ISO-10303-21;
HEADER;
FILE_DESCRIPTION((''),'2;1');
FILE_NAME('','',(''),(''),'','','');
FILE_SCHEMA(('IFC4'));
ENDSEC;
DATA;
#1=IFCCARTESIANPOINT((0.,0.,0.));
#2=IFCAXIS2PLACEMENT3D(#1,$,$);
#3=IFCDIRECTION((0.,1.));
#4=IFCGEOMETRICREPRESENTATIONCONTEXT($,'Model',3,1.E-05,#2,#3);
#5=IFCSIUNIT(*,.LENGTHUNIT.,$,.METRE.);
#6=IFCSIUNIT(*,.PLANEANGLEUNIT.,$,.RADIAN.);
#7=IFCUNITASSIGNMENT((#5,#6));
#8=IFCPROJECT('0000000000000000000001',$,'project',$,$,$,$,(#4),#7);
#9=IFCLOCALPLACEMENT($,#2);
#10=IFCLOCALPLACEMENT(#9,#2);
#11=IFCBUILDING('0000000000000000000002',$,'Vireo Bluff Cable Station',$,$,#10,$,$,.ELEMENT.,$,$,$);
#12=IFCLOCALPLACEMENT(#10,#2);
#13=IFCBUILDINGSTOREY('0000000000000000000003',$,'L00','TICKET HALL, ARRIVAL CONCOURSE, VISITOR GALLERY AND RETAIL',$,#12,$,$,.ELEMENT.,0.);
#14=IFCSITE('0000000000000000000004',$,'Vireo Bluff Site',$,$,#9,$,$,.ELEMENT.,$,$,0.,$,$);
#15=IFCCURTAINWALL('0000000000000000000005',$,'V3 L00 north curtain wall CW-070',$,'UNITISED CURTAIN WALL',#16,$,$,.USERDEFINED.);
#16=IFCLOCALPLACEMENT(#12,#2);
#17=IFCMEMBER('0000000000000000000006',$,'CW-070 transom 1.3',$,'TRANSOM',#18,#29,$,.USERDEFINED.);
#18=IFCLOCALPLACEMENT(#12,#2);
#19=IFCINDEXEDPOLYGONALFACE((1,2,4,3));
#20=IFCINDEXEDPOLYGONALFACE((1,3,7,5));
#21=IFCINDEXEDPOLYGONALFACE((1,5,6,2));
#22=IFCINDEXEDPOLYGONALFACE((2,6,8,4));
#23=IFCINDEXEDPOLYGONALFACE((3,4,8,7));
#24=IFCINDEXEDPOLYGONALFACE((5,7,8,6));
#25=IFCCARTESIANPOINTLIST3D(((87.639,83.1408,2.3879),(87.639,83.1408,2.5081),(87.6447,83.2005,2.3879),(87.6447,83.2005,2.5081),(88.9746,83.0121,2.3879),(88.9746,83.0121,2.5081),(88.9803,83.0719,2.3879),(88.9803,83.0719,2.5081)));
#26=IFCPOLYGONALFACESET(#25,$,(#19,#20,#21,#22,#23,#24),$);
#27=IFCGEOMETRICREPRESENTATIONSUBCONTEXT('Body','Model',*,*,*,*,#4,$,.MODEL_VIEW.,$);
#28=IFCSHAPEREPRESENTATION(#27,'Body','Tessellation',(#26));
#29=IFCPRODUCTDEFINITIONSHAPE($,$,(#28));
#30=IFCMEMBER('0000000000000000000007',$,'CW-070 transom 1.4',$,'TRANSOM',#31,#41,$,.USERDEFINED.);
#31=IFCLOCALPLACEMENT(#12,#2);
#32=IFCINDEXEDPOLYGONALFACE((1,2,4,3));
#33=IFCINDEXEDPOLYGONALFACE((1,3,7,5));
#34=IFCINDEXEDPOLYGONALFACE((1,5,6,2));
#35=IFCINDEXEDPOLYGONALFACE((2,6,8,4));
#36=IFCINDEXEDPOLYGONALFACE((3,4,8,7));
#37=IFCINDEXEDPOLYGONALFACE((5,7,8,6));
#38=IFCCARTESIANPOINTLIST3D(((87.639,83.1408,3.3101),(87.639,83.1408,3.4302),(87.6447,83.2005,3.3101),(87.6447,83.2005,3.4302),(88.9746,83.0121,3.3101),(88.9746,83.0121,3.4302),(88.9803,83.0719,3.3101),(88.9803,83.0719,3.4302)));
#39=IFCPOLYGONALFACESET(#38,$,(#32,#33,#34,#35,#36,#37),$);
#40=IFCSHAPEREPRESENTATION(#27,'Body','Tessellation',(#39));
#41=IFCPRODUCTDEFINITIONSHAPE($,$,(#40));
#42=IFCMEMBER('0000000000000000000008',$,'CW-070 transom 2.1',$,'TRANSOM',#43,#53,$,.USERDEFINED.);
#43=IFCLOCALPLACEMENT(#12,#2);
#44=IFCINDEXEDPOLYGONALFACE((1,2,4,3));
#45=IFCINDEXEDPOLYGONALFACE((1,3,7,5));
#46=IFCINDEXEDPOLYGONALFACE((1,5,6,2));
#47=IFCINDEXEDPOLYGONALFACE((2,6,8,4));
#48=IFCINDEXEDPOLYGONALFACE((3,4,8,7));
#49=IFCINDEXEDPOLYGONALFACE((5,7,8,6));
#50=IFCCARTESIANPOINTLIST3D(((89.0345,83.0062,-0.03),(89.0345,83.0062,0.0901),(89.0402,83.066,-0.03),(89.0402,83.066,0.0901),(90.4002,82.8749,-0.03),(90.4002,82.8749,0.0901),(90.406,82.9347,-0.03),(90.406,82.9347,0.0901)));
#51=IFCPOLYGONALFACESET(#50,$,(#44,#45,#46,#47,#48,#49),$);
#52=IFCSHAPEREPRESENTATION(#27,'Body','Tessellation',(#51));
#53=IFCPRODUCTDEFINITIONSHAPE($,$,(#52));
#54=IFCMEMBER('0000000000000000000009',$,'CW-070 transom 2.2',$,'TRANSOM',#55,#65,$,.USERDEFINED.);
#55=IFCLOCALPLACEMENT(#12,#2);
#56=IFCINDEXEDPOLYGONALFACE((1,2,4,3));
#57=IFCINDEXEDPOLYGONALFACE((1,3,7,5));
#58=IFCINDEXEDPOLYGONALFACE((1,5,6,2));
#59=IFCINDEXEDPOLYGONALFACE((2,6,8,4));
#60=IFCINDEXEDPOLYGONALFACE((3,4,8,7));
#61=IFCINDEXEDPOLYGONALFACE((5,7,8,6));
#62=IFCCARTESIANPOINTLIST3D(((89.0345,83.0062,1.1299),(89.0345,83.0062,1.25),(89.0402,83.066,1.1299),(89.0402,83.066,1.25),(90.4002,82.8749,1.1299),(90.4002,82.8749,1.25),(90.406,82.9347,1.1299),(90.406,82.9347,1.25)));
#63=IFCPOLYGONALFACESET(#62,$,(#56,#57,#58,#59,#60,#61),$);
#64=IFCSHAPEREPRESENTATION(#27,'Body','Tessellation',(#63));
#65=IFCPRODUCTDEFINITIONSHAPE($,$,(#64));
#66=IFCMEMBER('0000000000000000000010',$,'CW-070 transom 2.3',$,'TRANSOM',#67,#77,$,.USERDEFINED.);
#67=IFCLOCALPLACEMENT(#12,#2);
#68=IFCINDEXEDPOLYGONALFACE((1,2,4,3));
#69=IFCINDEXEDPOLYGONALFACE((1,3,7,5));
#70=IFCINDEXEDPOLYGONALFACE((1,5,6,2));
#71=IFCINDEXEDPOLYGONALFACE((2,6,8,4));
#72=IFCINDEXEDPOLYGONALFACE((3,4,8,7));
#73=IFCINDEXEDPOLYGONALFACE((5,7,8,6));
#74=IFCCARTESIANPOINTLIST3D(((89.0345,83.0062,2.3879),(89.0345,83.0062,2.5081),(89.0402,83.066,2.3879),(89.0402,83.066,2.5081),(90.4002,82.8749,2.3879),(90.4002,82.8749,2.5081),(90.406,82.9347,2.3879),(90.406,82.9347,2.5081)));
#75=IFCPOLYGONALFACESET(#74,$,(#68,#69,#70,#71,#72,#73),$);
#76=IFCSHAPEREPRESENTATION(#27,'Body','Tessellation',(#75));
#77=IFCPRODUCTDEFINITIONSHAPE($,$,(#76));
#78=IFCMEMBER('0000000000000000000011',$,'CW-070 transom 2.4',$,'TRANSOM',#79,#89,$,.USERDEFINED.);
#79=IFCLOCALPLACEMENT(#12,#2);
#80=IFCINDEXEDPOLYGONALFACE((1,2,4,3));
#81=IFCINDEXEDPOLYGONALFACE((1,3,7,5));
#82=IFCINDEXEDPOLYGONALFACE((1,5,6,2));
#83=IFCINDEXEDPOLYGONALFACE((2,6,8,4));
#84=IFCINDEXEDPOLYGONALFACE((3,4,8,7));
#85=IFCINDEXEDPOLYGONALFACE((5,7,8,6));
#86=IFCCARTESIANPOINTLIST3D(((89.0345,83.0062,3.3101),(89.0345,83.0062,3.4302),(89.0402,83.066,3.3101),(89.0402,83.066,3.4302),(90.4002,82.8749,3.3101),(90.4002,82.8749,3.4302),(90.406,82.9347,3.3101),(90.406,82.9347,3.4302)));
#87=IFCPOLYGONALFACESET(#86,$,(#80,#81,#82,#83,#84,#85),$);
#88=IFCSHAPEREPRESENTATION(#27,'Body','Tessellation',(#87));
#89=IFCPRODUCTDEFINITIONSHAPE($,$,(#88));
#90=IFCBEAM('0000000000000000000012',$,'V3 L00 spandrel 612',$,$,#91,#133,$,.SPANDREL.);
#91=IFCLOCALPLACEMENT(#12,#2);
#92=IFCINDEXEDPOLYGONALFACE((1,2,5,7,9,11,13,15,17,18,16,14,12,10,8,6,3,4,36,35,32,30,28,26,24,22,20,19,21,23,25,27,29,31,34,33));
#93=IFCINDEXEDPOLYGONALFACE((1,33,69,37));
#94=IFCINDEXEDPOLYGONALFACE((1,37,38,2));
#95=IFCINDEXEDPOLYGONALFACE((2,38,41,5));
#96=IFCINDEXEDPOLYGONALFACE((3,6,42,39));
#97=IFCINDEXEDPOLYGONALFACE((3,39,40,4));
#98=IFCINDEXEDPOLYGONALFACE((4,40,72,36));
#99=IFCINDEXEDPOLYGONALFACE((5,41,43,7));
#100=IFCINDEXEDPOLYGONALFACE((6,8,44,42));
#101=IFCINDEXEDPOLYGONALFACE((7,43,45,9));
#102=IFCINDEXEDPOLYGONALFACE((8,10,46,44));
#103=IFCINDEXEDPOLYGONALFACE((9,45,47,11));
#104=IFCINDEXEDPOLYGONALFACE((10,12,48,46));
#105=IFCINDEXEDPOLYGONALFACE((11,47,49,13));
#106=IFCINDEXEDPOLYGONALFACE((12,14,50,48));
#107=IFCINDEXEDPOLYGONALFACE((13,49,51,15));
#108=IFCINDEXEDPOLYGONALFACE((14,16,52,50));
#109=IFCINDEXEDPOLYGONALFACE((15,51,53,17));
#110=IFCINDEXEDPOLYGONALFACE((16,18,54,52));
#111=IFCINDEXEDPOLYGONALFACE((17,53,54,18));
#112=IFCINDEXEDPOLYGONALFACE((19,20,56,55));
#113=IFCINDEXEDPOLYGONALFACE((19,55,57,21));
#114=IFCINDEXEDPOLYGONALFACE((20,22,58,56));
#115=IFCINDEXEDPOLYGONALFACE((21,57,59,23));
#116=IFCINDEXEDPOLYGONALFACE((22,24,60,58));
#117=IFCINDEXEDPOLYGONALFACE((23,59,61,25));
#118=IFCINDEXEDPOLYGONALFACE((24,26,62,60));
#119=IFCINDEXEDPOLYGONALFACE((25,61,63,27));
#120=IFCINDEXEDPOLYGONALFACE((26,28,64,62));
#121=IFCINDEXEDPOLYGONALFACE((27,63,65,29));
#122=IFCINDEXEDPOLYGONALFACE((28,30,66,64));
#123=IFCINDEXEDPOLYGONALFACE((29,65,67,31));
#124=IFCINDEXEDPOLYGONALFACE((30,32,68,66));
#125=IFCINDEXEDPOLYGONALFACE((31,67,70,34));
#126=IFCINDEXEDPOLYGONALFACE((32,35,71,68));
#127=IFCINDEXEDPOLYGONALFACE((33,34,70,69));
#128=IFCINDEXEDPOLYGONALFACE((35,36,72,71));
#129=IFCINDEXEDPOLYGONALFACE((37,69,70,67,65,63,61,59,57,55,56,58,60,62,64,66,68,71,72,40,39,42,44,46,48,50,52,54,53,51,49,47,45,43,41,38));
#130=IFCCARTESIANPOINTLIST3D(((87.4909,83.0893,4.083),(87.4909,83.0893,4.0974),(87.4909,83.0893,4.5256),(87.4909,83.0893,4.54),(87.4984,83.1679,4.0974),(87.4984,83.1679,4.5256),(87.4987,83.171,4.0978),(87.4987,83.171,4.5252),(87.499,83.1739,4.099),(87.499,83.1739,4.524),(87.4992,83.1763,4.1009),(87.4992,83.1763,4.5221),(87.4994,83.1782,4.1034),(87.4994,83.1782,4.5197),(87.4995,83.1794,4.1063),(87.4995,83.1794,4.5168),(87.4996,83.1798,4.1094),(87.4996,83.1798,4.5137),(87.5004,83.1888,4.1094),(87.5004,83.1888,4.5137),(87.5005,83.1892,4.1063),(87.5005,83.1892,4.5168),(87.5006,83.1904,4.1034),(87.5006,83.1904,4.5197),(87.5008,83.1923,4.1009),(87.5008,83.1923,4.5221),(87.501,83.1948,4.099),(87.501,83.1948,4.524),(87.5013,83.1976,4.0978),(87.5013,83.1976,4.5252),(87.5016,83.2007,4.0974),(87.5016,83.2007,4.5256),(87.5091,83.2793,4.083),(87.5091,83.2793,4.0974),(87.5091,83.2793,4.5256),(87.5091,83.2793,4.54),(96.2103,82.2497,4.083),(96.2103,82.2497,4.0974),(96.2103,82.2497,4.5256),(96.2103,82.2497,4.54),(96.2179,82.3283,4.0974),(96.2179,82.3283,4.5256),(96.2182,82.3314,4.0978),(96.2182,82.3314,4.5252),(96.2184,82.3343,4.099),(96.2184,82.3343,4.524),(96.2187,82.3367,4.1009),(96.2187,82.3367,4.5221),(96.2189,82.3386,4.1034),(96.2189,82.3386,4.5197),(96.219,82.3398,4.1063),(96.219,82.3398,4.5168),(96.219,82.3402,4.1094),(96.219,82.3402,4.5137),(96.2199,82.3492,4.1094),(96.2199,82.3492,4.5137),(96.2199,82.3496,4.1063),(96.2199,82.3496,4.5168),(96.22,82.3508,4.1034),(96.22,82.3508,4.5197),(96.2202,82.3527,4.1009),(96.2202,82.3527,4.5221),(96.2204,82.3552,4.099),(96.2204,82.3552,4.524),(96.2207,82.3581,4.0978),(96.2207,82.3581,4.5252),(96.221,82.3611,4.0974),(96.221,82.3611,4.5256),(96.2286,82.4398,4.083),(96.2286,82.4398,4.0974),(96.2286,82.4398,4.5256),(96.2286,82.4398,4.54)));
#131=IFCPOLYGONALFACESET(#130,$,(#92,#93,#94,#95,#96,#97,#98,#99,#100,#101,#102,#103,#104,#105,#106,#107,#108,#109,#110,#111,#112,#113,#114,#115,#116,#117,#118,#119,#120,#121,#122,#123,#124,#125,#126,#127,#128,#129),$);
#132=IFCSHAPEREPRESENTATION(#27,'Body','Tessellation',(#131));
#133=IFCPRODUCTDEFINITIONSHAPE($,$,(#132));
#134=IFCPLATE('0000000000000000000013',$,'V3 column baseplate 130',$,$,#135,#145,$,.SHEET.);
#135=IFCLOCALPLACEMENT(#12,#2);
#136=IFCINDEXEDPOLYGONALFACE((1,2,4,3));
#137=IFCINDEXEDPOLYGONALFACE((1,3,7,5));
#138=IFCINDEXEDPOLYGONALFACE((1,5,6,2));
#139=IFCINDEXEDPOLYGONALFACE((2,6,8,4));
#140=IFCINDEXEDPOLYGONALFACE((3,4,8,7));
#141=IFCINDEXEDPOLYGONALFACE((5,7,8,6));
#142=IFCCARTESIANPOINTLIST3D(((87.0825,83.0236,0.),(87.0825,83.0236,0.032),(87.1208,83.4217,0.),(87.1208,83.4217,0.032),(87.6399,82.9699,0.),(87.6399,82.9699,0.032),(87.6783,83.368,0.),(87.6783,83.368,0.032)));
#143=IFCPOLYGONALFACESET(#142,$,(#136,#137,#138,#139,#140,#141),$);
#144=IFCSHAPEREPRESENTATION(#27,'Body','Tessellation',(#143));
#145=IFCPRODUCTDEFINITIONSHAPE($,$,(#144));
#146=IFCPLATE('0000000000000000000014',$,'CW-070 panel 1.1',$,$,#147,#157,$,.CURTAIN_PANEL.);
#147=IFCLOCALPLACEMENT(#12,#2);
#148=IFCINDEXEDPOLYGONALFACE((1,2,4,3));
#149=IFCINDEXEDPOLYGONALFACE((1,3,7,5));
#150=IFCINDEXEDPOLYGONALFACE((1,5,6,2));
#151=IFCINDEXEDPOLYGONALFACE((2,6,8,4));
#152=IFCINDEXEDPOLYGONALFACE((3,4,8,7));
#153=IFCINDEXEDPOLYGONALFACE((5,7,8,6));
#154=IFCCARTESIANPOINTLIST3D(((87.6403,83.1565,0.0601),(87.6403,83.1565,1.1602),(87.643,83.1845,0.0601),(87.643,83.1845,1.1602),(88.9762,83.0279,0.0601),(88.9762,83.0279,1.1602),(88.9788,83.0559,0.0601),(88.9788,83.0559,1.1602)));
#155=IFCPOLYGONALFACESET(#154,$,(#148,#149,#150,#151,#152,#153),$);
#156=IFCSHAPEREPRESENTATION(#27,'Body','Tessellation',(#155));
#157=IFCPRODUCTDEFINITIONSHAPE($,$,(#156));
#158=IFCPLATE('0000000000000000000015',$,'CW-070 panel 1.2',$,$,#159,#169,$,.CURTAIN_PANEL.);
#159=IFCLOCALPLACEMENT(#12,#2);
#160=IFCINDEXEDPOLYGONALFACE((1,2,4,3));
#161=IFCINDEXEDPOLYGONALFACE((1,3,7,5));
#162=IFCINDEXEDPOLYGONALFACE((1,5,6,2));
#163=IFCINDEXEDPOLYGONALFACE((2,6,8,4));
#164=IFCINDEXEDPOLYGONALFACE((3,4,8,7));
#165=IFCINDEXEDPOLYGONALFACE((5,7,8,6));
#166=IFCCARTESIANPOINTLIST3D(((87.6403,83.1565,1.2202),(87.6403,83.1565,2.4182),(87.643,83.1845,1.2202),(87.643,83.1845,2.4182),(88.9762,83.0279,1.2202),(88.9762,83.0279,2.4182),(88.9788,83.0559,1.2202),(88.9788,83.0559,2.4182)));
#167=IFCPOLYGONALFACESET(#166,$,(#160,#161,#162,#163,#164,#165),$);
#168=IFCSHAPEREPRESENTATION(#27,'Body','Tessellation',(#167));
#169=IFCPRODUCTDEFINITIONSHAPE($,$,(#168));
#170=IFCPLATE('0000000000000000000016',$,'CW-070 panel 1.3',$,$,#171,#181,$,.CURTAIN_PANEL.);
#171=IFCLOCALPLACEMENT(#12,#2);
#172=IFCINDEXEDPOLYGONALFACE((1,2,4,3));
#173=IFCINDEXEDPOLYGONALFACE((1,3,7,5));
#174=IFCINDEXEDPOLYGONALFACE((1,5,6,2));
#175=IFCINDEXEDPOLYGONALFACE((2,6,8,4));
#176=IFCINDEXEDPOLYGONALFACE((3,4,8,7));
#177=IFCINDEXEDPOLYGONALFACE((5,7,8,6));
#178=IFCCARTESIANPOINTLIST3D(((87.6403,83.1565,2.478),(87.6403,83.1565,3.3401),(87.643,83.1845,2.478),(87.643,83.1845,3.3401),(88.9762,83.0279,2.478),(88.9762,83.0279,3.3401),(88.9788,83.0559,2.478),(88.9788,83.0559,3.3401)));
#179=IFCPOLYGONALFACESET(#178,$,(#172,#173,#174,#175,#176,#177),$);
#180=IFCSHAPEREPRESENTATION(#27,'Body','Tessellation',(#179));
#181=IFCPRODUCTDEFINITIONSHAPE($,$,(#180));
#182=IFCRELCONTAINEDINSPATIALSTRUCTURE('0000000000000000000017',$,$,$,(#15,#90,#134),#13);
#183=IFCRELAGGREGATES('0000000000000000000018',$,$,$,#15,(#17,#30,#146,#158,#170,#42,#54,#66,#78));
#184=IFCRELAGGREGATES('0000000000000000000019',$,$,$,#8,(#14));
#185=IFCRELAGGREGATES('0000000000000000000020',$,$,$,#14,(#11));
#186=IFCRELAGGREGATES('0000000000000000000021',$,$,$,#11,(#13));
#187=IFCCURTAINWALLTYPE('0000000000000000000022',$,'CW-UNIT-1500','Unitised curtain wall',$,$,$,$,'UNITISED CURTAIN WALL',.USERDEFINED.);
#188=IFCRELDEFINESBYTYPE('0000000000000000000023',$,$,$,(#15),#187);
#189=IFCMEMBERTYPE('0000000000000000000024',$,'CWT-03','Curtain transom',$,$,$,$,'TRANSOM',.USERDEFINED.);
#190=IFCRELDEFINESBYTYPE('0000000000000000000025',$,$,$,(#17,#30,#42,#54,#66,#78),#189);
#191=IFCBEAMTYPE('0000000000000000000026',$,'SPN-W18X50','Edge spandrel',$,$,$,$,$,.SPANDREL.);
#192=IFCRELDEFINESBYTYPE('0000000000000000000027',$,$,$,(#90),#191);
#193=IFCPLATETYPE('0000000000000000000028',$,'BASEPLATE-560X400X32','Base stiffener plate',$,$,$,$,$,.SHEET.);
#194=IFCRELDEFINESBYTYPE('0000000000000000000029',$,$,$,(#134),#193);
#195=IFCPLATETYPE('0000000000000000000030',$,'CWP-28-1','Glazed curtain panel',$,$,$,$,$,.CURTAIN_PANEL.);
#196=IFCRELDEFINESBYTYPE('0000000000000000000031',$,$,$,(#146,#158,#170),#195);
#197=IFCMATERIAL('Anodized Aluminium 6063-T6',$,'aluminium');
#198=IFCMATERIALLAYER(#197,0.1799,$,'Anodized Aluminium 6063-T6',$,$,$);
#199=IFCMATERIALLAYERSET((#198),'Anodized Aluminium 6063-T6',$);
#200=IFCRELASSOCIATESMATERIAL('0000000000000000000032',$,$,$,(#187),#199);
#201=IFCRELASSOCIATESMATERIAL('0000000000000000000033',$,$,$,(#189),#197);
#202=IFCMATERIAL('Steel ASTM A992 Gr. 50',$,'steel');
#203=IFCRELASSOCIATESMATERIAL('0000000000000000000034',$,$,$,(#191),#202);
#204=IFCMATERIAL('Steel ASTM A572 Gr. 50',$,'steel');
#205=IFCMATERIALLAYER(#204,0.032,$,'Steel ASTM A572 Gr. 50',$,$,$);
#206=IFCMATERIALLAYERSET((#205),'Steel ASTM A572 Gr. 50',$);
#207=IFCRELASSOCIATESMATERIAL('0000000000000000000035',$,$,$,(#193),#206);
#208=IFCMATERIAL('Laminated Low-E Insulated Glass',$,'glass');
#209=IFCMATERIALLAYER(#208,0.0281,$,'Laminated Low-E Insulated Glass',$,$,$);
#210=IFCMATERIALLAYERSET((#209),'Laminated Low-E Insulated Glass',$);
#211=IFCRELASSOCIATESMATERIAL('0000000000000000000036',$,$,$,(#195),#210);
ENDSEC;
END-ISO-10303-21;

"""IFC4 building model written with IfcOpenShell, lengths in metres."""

from ifc_helpers import new_model, si_unit, direction, frame, origin, origin_2d, place, context, subcontext, project, spatial, rectangle, i_section, extrude, material, layer, layer_set, material_profile, profile_set, type_object, element, aggregate, save


model = new_model("IFC4")

# Units and contexts
model_context = context("Model", 3, precision=1e-05, world=origin(), true_north=direction((0.0, 1.0)))
body_context = subcontext(model_context, "Body", "Model", "MODEL_VIEW")
ifc_project = project(units=[si_unit("LENGTHUNIT", "METRE"), si_unit("PLANEANGLEUNIT", "RADIAN")], contexts=[model_context])

# Site, building, storey
site_placement = place(None, origin())
site = spatial("IfcSite", under=ifc_project, at=site_placement, Name="Vireo Bluff Site", CompositionType="ELEMENT", RefElevation=0.0)
building_placement = place(site_placement, origin())
building = spatial("IfcBuilding", under=site, at=building_placement, Name="Vireo Bluff Cable Station", CompositionType="ELEMENT")
storey_placement = place(building_placement, origin())
storey = spatial("IfcBuildingStorey", under=building, at=storey_placement, Name="L00", Description="TICKET HALL, ARRIVAL CONCOURSE, VISITOR GALLERY AND RETAIL", CompositionType="ELEMENT", Elevation=0.0)

# Shared definitions
ifc_material_1 = material(Name="Steel ASTM A992 Gr. 50", Category="steel")

# Curtain wall, members
ifc_material_2 = material(Name="Anodized Aluminium 6063-T6", Category="aluminium")
ifc_layer_1 = layer(ifc_material_2, 0.1799, Name="Anodized Aluminium 6063-T6")
ifc_layer_set_1 = layer_set([ifc_layer_1], Name="Anodized Aluminium 6063-T6")
curtain_wall_type = type_object("IfcCurtainWallType", Name="CW-UNIT-1500", Description="Unitised curtain wall", ElementType="UNITISED CURTAIN WALL", PredefinedType="USERDEFINED", material=ifc_layer_set_1)
curtain_wall_placement = place(storey_placement, origin())
curtain_wall = element("IfcCurtainWall", 1, at=curtain_wall_placement, inside=storey, type_object=curtain_wall_type, Name="V3 L00 north curtain wall CW-070", ObjectType="UNITISED CURTAIN WALL", PredefinedType="USERDEFINED")
ifc_material_profile_1 = material_profile(ifc_material_2, rectangle(XDim=0.0601, YDim=0.1201, at=origin_2d()), Name="ALU-T-60X120")
ifc_profile_set_1 = profile_set([ifc_material_profile_1], Name="Anodized Aluminium 6063-T6")
member_type_1 = type_object("IfcMemberType", Name="CWT-03", Description="Curtain transom", ElementType="TRANSOM", PredefinedType="USERDEFINED", material=ifc_profile_set_1)
member_1_placement = place(storey_placement, frame((87.6418, 83.1707, 2.448), z_axis=(0.995393, -0.095882, 0.0), x_axis=(0.095882, 0.995393, 0.0)))
member_1 = element("IfcMember", 2, at=member_1_placement, type_object=member_type_1, Name="CW-070 transom 1.3", ObjectType="TRANSOM", PredefinedType="USERDEFINED", context=body_context, shape_type="SweptSolid", body=[
    extrude(rectangle(XDim=0.0601, YDim=0.1201, at=origin_2d()), origin(), (0.0, 0.0, 1.0), 1.3418),
])
member_2_placement = place(storey_placement, frame((87.6418, 83.1707, 3.3701), z_axis=(0.995393, -0.095882, 0.0), x_axis=(0.095882, 0.995393, 0.0)))
member_2 = element("IfcMember", 3, at=member_2_placement, type_object=member_type_1, Name="CW-070 transom 1.4", ObjectType="TRANSOM", PredefinedType="USERDEFINED", context=body_context, shape_type="SweptSolid", body=[
    extrude(rectangle(XDim=0.0601, YDim=0.1201, at=origin_2d()), origin(), (0.0, 0.0, 1.0), 1.3418),
])
member_3_placement = place(storey_placement, frame((89.0374, 83.0361, 0.03), z_axis=(0.995407, -0.095733, 0.0), x_axis=(0.095733, 0.995407, 0.0)))
member_3 = element("IfcMember", 4, at=member_3_placement, type_object=member_type_1, Name="CW-070 transom 2.1", ObjectType="TRANSOM", PredefinedType="USERDEFINED", context=body_context, shape_type="SweptSolid", body=[
    extrude(rectangle(XDim=0.0601, YDim=0.1201, at=origin_2d()), origin(), (0.0, 0.0, 1.0), 1.3721),
])
member_4_placement = place(storey_placement, frame((89.0374, 83.0361, 1.1899), z_axis=(0.995407, -0.095733, 0.0), x_axis=(0.095733, 0.995407, 0.0)))
member_4 = element("IfcMember", 5, at=member_4_placement, type_object=member_type_1, Name="CW-070 transom 2.2", ObjectType="TRANSOM", PredefinedType="USERDEFINED", context=body_context, shape_type="SweptSolid", body=[
    extrude(rectangle(XDim=0.0601, YDim=0.1201, at=origin_2d()), origin(), (0.0, 0.0, 1.0), 1.3721),
])
member_5_placement = place(storey_placement, frame((89.0374, 83.0361, 2.448), z_axis=(0.995407, -0.095733, 0.0), x_axis=(0.095733, 0.995407, 0.0)))
member_5 = element("IfcMember", 6, at=member_5_placement, type_object=member_type_1, Name="CW-070 transom 2.3", ObjectType="TRANSOM", PredefinedType="USERDEFINED", context=body_context, shape_type="SweptSolid", body=[
    extrude(rectangle(XDim=0.0601, YDim=0.1201, at=origin_2d()), origin(), (0.0, 0.0, 1.0), 1.3721),
])
member_6_placement = place(storey_placement, frame((89.0374, 83.0361, 3.3701), z_axis=(0.995407, -0.095733, 0.0), x_axis=(0.095733, 0.995407, 0.0)))
member_6 = element("IfcMember", 7, at=member_6_placement, type_object=member_type_1, Name="CW-070 transom 2.4", ObjectType="TRANSOM", PredefinedType="USERDEFINED", context=body_context, shape_type="SweptSolid", body=[
    extrude(rectangle(XDim=0.0601, YDim=0.1201, at=origin_2d()), origin(), (0.0, 0.0, 1.0), 1.3721),
])

# Beam
ifc_material_profile_2 = material_profile(ifc_material_1, i_section(OverallWidth=0.1909, OverallDepth=0.457, WebThickness=0.009, FlangeThickness=0.0144, FilletRadius=0.012, at=origin_2d()), Name="W18X50")
ifc_profile_set_2 = profile_set([ifc_material_profile_2], Name="Steel ASTM A992 Gr. 50")
beam_type = type_object("IfcBeamType", Name="SPN-W18X50", Description="Edge spandrel", PredefinedType="SPANDREL", material=ifc_profile_set_2)
beam_placement = place(storey_placement, frame((87.5, 83.1843, 4.3115), z_axis=(0.995396, -0.095847, 0.0), x_axis=(0.095847, 0.995396, 0.0)))
element("IfcBeam", 8, at=beam_placement, inside=storey, type_object=beam_type, Name="V3 L00 spandrel 612", PredefinedType="SPANDREL", context=body_context, shape_type="SweptSolid", body=[
    extrude(i_section(OverallWidth=0.1909, OverallDepth=0.457, WebThickness=0.009, FlangeThickness=0.0144, FilletRadius=0.012, at=origin_2d()), origin(), (0.0, 0.0, 1.0), 8.7598),
])

# Plates
ifc_material_3 = material(Name="Steel ASTM A572 Gr. 50", Category="steel")
ifc_layer_2 = layer(ifc_material_3, 0.032, Name="Steel ASTM A572 Gr. 50")
ifc_layer_set_2 = layer_set([ifc_layer_2], Name="Steel ASTM A572 Gr. 50")
plate_type_1 = type_object("IfcPlateType", Name="BASEPLATE-560X400X32", Description="Base stiffener plate", PredefinedType="SHEET", material=ifc_layer_set_2)
plate_1_placement = place(storey_placement, frame((87.3804, 83.1958, 0.0), z_axis=(0.0, 0.0, 1.0), x_axis=(0.995396, -0.095846, 0.0)))
element("IfcPlate", 9, at=plate_1_placement, inside=storey, type_object=plate_type_1, Name="V3 column baseplate 130", PredefinedType="SHEET", context=body_context, shape_type="SweptSolid", body=[
    extrude(rectangle(XDim=0.5601, YDim=0.3999, at=origin_2d()), origin(), (0.0, 0.0, 1.0), 0.032),
])
ifc_material_4 = material(Name="Laminated Low-E Insulated Glass", Category="glass")
ifc_layer_3 = layer(ifc_material_4, 0.0281, Name="Laminated Low-E Insulated Glass")
ifc_layer_set_3 = layer_set([ifc_layer_3], Name="Laminated Low-E Insulated Glass")
plate_type_2 = type_object("IfcPlateType", Name="CWP-28-1", Description="Glazed curtain panel", PredefinedType="CURTAIN_PANEL", material=ifc_layer_set_3)
plate_2_placement = place(storey_placement, frame((88.3096, 83.1062, 0.0601), z_axis=(0.0, 0.0, 1.0), x_axis=(0.995396, -0.095846, 0.0)))
plate_2 = element("IfcPlate", 10, at=plate_2_placement, type_object=plate_type_2, Name="CW-070 panel 1.1", PredefinedType="CURTAIN_PANEL", context=body_context, shape_type="SweptSolid", body=[
    extrude(rectangle(XDim=1.342, YDim=0.0281, at=origin_2d()), origin(), (0.0, 0.0, 1.0), 1.1001),
])
plate_3_placement = place(storey_placement, frame((88.3096, 83.1062, 1.2202), z_axis=(0.0, 0.0, 1.0), x_axis=(0.995396, -0.095846, 0.0)))
plate_3 = element("IfcPlate", 11, at=plate_3_placement, type_object=plate_type_2, Name="CW-070 panel 1.2", PredefinedType="CURTAIN_PANEL", context=body_context, shape_type="SweptSolid", body=[
    extrude(rectangle(XDim=1.342, YDim=0.0281, at=origin_2d()), origin(), (0.0, 0.0, 1.0), 1.198),
])
plate_4_placement = place(storey_placement, frame((88.3096, 83.1062, 2.478), z_axis=(0.0, 0.0, 1.0), x_axis=(0.995396, -0.095846, 0.0)))
plate_4 = element("IfcPlate", 12, at=plate_4_placement, type_object=plate_type_2, Name="CW-070 panel 1.3", PredefinedType="CURTAIN_PANEL", context=body_context, shape_type="SweptSolid", body=[
    extrude(rectangle(XDim=1.342, YDim=0.0281, at=origin_2d()), origin(), (0.0, 0.0, 1.0), 0.8621),
])
aggregate(curtain_wall, [member_1, member_2, plate_2, plate_3, plate_4, member_3, member_4, member_5, member_6])

save(model, "model.ifc")
